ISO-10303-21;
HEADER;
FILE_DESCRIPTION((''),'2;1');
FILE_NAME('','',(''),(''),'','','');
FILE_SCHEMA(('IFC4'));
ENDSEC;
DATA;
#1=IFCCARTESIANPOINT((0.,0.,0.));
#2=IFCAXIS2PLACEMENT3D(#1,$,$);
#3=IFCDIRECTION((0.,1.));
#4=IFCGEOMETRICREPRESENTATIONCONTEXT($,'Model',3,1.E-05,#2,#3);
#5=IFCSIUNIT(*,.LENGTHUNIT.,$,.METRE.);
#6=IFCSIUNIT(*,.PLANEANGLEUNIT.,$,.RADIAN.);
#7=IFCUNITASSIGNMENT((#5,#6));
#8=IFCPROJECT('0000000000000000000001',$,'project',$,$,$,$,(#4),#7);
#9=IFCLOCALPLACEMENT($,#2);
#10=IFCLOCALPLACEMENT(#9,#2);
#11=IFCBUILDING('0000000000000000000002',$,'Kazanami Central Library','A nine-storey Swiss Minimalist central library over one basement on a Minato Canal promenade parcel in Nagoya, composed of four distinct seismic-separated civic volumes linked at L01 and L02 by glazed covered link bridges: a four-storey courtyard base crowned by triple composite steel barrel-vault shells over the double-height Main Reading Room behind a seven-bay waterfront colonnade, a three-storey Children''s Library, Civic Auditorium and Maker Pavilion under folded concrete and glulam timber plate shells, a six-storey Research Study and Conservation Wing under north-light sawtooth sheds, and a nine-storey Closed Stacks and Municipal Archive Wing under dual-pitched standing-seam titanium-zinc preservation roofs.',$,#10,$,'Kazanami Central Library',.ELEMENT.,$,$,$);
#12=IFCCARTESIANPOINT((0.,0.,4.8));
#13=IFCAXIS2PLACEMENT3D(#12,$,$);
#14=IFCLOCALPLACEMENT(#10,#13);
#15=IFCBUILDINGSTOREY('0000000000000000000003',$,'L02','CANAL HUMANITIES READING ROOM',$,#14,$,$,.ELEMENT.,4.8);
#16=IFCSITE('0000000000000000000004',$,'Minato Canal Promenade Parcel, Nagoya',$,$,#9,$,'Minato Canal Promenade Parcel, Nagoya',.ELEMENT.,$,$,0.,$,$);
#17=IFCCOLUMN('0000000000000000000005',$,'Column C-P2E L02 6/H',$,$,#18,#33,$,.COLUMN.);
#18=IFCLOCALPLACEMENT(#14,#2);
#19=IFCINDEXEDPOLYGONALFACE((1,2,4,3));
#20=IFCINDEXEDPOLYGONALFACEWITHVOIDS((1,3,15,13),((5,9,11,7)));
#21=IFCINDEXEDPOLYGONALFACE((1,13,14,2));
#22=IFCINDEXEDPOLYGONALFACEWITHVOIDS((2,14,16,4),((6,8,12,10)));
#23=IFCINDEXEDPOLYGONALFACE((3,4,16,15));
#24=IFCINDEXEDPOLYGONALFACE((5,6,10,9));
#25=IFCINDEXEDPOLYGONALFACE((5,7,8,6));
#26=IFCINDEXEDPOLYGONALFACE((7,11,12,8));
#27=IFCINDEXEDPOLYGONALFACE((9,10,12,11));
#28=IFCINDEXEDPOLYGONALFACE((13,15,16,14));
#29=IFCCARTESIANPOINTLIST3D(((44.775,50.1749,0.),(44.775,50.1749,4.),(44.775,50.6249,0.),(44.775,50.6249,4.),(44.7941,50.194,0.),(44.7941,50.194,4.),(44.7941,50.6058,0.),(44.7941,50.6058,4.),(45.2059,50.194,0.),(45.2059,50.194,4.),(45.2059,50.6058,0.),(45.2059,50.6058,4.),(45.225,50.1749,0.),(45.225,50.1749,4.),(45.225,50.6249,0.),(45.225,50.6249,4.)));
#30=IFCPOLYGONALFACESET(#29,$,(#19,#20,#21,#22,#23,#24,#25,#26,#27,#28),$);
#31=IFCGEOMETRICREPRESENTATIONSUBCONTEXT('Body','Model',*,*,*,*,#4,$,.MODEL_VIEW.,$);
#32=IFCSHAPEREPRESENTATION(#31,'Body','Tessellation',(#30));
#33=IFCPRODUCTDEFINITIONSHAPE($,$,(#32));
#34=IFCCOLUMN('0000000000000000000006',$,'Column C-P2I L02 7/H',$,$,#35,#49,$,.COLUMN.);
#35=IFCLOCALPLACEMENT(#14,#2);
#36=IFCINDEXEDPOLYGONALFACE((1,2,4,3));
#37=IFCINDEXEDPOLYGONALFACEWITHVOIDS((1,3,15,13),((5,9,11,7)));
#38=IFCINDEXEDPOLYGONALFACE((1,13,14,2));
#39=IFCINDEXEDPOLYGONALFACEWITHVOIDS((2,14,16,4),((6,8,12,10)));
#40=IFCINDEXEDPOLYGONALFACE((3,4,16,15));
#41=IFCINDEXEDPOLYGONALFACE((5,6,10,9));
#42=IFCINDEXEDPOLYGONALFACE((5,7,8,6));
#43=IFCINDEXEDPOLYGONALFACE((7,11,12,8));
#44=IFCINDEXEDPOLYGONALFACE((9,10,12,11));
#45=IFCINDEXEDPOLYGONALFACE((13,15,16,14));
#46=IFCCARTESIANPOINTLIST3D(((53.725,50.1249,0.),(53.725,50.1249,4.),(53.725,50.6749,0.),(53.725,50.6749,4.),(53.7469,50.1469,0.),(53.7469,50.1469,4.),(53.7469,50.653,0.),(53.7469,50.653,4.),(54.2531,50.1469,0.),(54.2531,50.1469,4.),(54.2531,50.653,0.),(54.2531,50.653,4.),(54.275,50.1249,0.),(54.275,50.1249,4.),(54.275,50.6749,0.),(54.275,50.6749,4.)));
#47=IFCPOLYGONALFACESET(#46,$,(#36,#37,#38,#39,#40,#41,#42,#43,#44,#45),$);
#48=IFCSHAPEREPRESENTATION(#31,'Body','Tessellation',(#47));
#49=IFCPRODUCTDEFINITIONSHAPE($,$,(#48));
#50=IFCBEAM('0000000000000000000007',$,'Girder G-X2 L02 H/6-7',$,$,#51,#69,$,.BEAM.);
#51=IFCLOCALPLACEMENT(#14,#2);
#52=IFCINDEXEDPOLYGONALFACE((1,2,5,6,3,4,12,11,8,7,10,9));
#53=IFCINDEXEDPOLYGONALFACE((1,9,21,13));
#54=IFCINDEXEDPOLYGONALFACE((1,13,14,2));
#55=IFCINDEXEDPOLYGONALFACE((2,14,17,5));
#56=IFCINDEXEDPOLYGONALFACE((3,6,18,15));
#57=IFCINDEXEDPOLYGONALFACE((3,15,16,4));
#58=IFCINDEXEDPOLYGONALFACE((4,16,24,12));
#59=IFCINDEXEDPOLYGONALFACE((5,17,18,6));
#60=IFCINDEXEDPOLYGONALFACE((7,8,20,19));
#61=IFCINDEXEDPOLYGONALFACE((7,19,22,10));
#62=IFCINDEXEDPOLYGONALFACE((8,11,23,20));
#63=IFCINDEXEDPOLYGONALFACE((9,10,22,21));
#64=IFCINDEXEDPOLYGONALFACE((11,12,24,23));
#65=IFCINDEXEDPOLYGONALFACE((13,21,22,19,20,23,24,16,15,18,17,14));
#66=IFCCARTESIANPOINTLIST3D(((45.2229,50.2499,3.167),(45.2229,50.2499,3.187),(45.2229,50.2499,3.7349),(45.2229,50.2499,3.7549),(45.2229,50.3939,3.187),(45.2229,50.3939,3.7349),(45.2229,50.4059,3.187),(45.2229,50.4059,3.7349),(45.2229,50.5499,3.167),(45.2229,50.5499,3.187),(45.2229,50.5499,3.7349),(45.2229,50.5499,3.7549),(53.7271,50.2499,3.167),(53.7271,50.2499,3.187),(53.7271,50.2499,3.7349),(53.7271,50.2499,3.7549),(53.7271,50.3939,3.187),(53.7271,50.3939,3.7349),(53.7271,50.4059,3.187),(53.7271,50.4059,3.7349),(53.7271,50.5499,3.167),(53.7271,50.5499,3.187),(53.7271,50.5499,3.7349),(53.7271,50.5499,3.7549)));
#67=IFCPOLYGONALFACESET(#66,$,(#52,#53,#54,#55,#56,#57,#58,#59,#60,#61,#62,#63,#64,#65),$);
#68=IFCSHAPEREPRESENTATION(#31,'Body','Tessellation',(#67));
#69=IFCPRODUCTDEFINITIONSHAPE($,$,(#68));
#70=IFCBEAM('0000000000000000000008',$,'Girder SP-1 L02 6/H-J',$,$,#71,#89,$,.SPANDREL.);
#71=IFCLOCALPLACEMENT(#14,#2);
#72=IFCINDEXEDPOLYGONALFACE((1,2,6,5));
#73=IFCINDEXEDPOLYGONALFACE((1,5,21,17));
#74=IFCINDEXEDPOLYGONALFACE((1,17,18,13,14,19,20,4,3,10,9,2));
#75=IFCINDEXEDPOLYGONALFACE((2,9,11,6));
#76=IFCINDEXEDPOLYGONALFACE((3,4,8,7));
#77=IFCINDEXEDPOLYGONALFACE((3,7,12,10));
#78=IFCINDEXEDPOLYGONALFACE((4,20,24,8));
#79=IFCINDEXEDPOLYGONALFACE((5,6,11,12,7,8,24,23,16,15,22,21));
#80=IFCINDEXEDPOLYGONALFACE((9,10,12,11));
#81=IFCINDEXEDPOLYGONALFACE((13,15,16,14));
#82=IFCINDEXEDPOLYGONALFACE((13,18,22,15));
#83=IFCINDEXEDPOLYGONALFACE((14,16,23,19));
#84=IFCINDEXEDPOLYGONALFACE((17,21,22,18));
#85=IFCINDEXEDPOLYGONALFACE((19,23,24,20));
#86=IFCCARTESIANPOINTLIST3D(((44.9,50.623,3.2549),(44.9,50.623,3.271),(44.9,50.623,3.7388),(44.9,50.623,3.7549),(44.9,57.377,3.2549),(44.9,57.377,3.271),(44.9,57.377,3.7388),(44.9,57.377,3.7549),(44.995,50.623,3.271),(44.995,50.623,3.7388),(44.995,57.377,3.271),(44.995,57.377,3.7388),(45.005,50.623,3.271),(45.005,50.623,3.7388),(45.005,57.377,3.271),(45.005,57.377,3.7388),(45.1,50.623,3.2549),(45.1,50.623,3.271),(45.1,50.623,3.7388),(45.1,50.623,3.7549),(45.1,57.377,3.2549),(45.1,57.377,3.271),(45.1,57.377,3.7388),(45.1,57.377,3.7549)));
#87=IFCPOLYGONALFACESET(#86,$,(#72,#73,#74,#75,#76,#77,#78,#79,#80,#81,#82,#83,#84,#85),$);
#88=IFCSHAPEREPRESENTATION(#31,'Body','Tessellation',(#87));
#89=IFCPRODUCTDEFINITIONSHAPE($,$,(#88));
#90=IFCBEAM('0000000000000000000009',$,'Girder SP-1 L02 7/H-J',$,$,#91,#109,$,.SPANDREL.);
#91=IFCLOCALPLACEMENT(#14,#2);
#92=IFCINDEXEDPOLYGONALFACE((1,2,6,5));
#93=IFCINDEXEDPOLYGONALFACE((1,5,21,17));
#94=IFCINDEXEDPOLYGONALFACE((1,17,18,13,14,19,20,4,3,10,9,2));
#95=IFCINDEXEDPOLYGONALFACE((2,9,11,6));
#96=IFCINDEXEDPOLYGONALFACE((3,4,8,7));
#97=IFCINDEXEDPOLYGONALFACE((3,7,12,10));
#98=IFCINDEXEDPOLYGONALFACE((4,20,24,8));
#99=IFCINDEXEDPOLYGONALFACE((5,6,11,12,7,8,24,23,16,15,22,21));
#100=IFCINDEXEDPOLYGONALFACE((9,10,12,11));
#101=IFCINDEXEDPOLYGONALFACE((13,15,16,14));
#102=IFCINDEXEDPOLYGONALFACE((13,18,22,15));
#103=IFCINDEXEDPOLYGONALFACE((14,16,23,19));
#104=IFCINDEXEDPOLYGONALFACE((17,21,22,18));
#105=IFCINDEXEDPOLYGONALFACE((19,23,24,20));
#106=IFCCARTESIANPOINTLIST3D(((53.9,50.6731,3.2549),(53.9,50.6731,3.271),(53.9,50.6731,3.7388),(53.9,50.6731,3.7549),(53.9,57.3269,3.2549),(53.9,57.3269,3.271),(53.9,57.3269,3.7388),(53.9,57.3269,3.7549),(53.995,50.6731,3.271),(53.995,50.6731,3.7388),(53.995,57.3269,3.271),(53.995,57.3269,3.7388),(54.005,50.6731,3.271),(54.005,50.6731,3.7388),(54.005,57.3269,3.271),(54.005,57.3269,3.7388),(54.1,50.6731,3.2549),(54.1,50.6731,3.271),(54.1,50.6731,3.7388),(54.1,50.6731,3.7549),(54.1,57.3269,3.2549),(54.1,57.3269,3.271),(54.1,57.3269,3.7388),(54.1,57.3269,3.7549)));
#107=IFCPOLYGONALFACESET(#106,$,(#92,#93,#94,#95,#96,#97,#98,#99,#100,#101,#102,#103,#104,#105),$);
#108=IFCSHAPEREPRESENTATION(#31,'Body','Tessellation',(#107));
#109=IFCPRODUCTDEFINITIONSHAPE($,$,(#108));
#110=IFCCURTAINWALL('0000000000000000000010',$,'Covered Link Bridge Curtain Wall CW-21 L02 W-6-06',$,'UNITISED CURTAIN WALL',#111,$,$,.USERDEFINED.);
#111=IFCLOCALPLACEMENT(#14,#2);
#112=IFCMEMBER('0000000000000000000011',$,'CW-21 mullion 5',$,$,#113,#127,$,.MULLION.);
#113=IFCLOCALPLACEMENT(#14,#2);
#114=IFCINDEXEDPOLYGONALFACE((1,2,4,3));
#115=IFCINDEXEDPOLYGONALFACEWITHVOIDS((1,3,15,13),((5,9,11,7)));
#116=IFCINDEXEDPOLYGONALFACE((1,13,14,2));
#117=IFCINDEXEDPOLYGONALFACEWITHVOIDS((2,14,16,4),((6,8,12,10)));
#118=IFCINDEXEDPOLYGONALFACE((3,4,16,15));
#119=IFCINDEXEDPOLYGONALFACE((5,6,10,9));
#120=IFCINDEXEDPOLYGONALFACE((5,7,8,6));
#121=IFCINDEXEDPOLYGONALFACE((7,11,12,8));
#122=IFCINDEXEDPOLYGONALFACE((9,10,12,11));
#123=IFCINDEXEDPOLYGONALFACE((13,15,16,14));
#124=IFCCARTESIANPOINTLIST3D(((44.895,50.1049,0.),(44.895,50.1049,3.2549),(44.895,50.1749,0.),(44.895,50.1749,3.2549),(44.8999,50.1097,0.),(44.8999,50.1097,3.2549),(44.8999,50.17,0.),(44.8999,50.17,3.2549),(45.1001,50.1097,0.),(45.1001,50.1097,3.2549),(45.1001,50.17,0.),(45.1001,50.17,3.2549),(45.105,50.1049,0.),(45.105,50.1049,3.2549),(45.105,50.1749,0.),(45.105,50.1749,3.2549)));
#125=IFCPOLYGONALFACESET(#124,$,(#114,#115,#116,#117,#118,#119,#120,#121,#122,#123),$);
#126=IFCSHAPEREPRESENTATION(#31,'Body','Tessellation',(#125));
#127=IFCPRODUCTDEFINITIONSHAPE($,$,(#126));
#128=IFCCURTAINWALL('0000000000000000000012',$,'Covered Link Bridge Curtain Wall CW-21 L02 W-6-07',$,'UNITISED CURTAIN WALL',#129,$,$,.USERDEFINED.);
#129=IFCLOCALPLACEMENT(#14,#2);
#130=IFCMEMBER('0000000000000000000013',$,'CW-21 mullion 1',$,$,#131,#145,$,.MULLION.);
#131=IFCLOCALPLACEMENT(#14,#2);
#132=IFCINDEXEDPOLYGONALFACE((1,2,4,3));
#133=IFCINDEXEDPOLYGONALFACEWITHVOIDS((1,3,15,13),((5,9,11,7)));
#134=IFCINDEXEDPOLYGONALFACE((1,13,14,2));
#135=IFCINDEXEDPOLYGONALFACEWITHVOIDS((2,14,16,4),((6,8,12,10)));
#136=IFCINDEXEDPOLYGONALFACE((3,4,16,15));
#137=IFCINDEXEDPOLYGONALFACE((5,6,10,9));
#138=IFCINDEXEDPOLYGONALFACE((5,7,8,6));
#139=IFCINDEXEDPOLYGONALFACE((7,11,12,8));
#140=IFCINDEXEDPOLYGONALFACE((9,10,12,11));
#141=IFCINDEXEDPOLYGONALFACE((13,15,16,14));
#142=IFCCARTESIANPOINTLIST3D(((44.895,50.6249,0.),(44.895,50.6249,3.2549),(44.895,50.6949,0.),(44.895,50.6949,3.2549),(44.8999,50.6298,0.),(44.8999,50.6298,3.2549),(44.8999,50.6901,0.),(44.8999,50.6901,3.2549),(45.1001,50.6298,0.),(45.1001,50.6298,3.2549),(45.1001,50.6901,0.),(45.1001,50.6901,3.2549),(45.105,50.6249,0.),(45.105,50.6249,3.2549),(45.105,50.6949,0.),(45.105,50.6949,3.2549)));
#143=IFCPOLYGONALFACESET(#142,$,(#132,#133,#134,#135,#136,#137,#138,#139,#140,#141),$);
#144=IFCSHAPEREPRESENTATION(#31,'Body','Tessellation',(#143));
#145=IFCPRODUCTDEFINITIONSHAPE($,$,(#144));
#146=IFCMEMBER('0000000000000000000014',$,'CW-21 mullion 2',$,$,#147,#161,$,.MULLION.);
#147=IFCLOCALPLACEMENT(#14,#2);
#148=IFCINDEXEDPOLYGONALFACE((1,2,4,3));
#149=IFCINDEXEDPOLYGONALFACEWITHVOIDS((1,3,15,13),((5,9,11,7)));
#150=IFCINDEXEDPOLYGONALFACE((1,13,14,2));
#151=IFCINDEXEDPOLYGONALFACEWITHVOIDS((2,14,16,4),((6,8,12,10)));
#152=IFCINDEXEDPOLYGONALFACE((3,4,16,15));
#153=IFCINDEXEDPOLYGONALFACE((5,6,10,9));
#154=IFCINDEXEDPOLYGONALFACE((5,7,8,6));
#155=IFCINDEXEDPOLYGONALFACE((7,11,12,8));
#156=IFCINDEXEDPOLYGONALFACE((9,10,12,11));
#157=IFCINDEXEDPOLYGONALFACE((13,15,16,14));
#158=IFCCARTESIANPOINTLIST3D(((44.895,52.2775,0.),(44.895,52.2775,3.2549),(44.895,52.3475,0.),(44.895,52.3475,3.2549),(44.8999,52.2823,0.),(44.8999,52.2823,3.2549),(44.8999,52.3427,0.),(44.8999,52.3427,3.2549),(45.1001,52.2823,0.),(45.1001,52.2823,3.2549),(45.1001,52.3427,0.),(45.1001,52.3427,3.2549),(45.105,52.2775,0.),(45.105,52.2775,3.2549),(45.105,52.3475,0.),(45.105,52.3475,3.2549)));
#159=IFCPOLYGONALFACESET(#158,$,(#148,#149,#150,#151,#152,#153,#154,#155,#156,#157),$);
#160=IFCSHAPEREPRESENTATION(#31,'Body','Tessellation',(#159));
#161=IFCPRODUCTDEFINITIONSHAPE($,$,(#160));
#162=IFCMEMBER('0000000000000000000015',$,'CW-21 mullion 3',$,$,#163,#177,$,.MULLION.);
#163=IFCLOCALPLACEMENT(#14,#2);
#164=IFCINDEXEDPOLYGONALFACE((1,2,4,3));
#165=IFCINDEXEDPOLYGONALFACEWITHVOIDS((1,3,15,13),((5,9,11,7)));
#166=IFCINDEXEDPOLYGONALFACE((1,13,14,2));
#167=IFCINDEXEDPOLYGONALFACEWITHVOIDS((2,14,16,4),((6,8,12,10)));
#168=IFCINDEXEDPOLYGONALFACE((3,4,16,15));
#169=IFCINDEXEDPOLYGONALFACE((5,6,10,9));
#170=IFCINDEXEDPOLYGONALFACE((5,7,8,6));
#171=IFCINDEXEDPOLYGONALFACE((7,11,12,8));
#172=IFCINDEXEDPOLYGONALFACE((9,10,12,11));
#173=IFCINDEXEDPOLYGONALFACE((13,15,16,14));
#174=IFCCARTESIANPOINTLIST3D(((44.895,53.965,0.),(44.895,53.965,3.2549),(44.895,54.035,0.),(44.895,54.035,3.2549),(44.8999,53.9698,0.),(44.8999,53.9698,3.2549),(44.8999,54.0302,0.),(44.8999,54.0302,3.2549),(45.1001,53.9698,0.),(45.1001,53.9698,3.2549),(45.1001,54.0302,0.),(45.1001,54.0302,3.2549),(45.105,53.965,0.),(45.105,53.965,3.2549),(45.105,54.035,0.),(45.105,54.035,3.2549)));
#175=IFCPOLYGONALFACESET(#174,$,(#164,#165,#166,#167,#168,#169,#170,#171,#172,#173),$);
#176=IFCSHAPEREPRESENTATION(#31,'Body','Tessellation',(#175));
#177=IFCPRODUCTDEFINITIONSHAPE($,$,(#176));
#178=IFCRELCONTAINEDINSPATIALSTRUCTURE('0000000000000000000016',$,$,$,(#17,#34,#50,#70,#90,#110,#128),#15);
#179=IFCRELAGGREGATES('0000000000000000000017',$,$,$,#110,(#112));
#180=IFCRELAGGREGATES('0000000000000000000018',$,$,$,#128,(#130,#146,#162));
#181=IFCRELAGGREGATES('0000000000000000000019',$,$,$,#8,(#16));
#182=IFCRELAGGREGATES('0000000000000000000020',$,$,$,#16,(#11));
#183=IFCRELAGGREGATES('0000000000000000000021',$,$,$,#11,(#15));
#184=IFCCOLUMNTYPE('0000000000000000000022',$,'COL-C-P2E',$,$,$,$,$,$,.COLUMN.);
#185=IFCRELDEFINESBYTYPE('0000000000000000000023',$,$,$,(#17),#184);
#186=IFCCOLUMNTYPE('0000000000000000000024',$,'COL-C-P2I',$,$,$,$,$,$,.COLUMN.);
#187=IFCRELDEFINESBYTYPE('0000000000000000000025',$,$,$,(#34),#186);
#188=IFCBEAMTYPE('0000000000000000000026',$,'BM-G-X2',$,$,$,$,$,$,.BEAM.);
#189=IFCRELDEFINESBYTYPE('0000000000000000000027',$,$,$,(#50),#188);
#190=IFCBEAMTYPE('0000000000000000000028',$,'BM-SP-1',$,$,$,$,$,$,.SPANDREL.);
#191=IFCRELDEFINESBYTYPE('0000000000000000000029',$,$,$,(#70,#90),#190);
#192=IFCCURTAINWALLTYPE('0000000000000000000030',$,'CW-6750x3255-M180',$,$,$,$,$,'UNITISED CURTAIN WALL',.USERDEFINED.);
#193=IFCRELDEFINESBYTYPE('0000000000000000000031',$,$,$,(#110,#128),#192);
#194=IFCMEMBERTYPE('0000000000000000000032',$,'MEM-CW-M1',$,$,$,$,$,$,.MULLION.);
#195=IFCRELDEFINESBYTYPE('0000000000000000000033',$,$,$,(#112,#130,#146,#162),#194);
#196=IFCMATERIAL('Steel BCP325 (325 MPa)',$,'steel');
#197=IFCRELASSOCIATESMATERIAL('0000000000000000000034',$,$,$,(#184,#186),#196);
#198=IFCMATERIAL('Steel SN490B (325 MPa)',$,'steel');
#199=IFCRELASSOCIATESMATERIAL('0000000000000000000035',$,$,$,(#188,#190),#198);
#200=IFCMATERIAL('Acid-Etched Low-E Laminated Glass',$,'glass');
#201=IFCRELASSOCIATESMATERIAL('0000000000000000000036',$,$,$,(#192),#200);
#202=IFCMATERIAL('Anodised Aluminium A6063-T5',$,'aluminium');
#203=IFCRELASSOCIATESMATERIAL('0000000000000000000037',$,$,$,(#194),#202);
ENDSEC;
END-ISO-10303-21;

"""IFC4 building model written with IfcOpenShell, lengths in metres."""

from ifc_helpers import new_model, si_unit, direction, frame, origin, origin_2d, place, context, subcontext, project, spatial, hollow_rectangle, i_section, extrude, material, material_profile, profile_set, type_object, element, aggregate, save


model = new_model("IFC4")

# Units and contexts
model_context = context("Model", 3, precision=1e-05, world=origin(), true_north=direction((0.0, 1.0)))
body_context = subcontext(model_context, "Body", "Model", "MODEL_VIEW")
ifc_project = project(units=[si_unit("LENGTHUNIT", "METRE"), si_unit("PLANEANGLEUNIT", "RADIAN")], contexts=[model_context])

# Site, building, storey
site_placement = place(None, origin())
site = spatial("IfcSite", under=ifc_project, at=site_placement, Name="Minato Canal Promenade Parcel, Nagoya", LongName="Minato Canal Promenade Parcel, Nagoya", CompositionType="ELEMENT", RefElevation=0.0)
building_placement = place(site_placement, origin())
building = spatial("IfcBuilding", under=site, at=building_placement, Name="Kazanami Central Library", Description="A nine-storey Swiss Minimalist central library over one basement on a Minato Canal promenade parcel in Nagoya, composed of four distinct seismic-separated civic volumes linked at L01 and L02 by glazed covered link bridges: a four-storey courtyard base crowned by triple composite steel barrel-vault shells over the double-height Main Reading Room behind a seven-bay waterfront colonnade, a three-storey Children's Library, Civic Auditorium and Maker Pavilion under folded concrete and glulam timber plate shells, a six-storey Research Study and Conservation Wing under north-light sawtooth sheds, and a nine-storey Closed Stacks and Municipal Archive Wing under dual-pitched standing-seam titanium-zinc preservation roofs.", LongName="Kazanami Central Library", CompositionType="ELEMENT")
storey_placement = place(building_placement, frame((0.0, 0.0, 4.8)))
storey = spatial("IfcBuildingStorey", under=building, at=storey_placement, Name="L02", Description="CANAL HUMANITIES READING ROOM", CompositionType="ELEMENT", Elevation=4.8)

# Columns
ifc_material_1 = material(Name="Steel BCP325 (325 MPa)", Category="steel")
ifc_material_profile_1 = material_profile(ifc_material_1, hollow_rectangle(XDim=0.45, YDim=0.45, WallThickness=0.019, at=origin_2d()), Name="BCP-450x450x19")
ifc_profile_set_1 = profile_set([ifc_material_profile_1], Name="Steel BCP325 (325 MPa)")
column_type_1 = type_object("IfcColumnType", Name="COL-C-P2E", PredefinedType="COLUMN", material=ifc_profile_set_1)
column_1_placement = place(storey_placement, frame((45.0, 50.3999, 0.0), z_axis=(0.0, 0.0, 1.0), x_axis=(1.0, 0.0, 0.0)))
element("IfcColumn", 1, at=column_1_placement, inside=storey, type_object=column_type_1, Name="Column C-P2E L02 6/H", PredefinedType="COLUMN", context=body_context, shape_type="SweptSolid", body=[
    extrude(hollow_rectangle(XDim=0.45, YDim=0.45, WallThickness=0.019, at=origin_2d()), origin(), (0.0, 0.0, 1.0), 4.0),
])
ifc_material_profile_2 = material_profile(ifc_material_1, hollow_rectangle(XDim=0.55, YDim=0.55, WallThickness=0.022, at=origin_2d()), Name="BCP-550x550x22")
ifc_profile_set_2 = profile_set([ifc_material_profile_2], Name="Steel BCP325 (325 MPa)")
column_type_2 = type_object("IfcColumnType", Name="COL-C-P2I", PredefinedType="COLUMN", material=ifc_profile_set_2)
column_2_placement = place(storey_placement, frame((54.0, 50.3999, 0.0), z_axis=(0.0, 0.0, 1.0), x_axis=(1.0, 0.0, 0.0)))
element("IfcColumn", 2, at=column_2_placement, inside=storey, type_object=column_type_2, Name="Column C-P2I L02 7/H", PredefinedType="COLUMN", context=body_context, shape_type="SweptSolid", body=[
    extrude(hollow_rectangle(XDim=0.55, YDim=0.55, WallThickness=0.022, at=origin_2d()), origin(), (0.0, 0.0, 1.0), 4.0),
])

# Beams
ifc_material_2 = material(Name="Steel SN490B (325 MPa)", Category="steel")
ifc_material_profile_3 = material_profile(ifc_material_2, i_section(OverallWidth=0.3, OverallDepth=0.5879, WebThickness=0.012, FlangeThickness=0.02, at=origin_2d()), Name="H-588x300x12x20")
ifc_profile_set_3 = profile_set([ifc_material_profile_3], Name="Steel SN490B (325 MPa)")
beam_type_1 = type_object("IfcBeamType", Name="BM-G-X2", PredefinedType="BEAM", material=ifc_profile_set_3)
beam_1_placement = place(storey_placement, frame((45.2229, 50.3999, 3.4609), z_axis=(1.0, 0.0, 0.0), x_axis=(0.0, 1.0, 0.0)))
element("IfcBeam", 3, at=beam_1_placement, inside=storey, type_object=beam_type_1, Name="Girder G-X2 L02 H/6-7", PredefinedType="BEAM", context=body_context, shape_type="SweptSolid", body=[
    extrude(i_section(OverallWidth=0.3, OverallDepth=0.5879, WebThickness=0.012, FlangeThickness=0.02, at=origin_2d()), origin(), (0.0, 0.0, 1.0), 8.5042),
])
ifc_material_profile_4 = material_profile(ifc_material_2, i_section(OverallWidth=0.2, OverallDepth=0.5, WebThickness=0.01, FlangeThickness=0.0161, at=origin_2d()), Name="H-500x200x10x16")
ifc_profile_set_4 = profile_set([ifc_material_profile_4], Name="Steel SN490B (325 MPa)")
beam_type_2 = type_object("IfcBeamType", Name="BM-SP-1", PredefinedType="SPANDREL", material=ifc_profile_set_4)
beam_2_placement = place(storey_placement, frame((45.0, 50.623, 3.5049), z_axis=(0.0, 1.0, 0.0), x_axis=(-1.0, 0.0, 0.0)))
element("IfcBeam", 4, at=beam_2_placement, inside=storey, type_object=beam_type_2, Name="Girder SP-1 L02 6/H-J", PredefinedType="SPANDREL", context=body_context, shape_type="SweptSolid", body=[
    extrude(i_section(OverallWidth=0.2, OverallDepth=0.5, WebThickness=0.01, FlangeThickness=0.0161, at=origin_2d()), origin(), (0.0, 0.0, 1.0), 6.7539),
])
beam_3_placement = place(storey_placement, frame((54.0, 50.6731, 3.5049), z_axis=(0.0, 1.0, 0.0), x_axis=(-1.0, 0.0, 0.0)))
element("IfcBeam", 5, at=beam_3_placement, inside=storey, type_object=beam_type_2, Name="Girder SP-1 L02 7/H-J", PredefinedType="SPANDREL", context=body_context, shape_type="SweptSolid", body=[
    extrude(i_section(OverallWidth=0.2, OverallDepth=0.5, WebThickness=0.01, FlangeThickness=0.0161, at=origin_2d()), origin(), (0.0, 0.0, 1.0), 6.6538),
])

# Curtain wall, member
ifc_material_3 = material(Name="Acid-Etched Low-E Laminated Glass", Category="glass")
curtain_wall_type_1 = type_object("IfcCurtainWallType", Name="CW-6750x3255-M180", ElementType="UNITISED CURTAIN WALL", PredefinedType="USERDEFINED", material=ifc_material_3)
curtain_wall_1_placement = place(storey_placement, origin())
curtain_wall_1 = element("IfcCurtainWall", 6, at=curtain_wall_1_placement, inside=storey, type_object=curtain_wall_type_1, Name="Covered Link Bridge Curtain Wall CW-21 L02 W-6-06", ObjectType="UNITISED CURTAIN WALL", PredefinedType="USERDEFINED")
ifc_material_4 = material(Name="Anodised Aluminium A6063-T5", Category="aluminium")
ifc_material_profile_5 = material_profile(ifc_material_4, hollow_rectangle(XDim=0.0701, YDim=0.21, WallThickness=0.0049, at=origin_2d()), Name="ALU-MULL-70x210x5")
ifc_profile_set_5 = profile_set([ifc_material_profile_5], Name="Anodised Aluminium A6063-T5")
member_type_1 = type_object("IfcMemberType", Name="MEM-CW-M1", PredefinedType="MULLION", material=ifc_profile_set_5)
member_1_placement = place(storey_placement, frame((45.0, 50.1399, 0.0), z_axis=(0.0, 0.0, 1.0), x_axis=(0.0, 1.0, 0.0)))
member_1 = element("IfcMember", 7, at=member_1_placement, type_object=member_type_1, Name="CW-21 mullion 5", PredefinedType="MULLION", context=body_context, shape_type="SweptSolid", body=[
    extrude(hollow_rectangle(XDim=0.0701, YDim=0.21, WallThickness=0.0049, at=origin_2d()), origin(), (0.0, 0.0, 1.0), 3.2549),
])

# Curtain wall, members
curtain_wall_2_placement = place(storey_placement, origin())
curtain_wall_2 = element("IfcCurtainWall", 8, at=curtain_wall_2_placement, inside=storey, type_object=curtain_wall_type_1, Name="Covered Link Bridge Curtain Wall CW-21 L02 W-6-07", ObjectType="UNITISED CURTAIN WALL", PredefinedType="USERDEFINED")
member_2_placement = place(storey_placement, frame((45.0, 50.6599, 0.0), z_axis=(0.0, 0.0, 1.0), x_axis=(0.0, 1.0, 0.0)))
member_2 = element("IfcMember", 9, at=member_2_placement, type_object=member_type_1, Name="CW-21 mullion 1", PredefinedType="MULLION", context=body_context, shape_type="SweptSolid", body=[
    extrude(hollow_rectangle(XDim=0.0701, YDim=0.21, WallThickness=0.0049, at=origin_2d()), origin(), (0.0, 0.0, 1.0), 3.2549),
])
member_3_placement = place(storey_placement, frame((45.0, 52.3125, 0.0), z_axis=(0.0, 0.0, 1.0), x_axis=(0.0, 1.0, 0.0)))
member_3 = element("IfcMember", 10, at=member_3_placement, type_object=member_type_1, Name="CW-21 mullion 2", PredefinedType="MULLION", context=body_context, shape_type="SweptSolid", body=[
    extrude(hollow_rectangle(XDim=0.0701, YDim=0.21, WallThickness=0.0049, at=origin_2d()), origin(), (0.0, 0.0, 1.0), 3.2549),
])
member_4_placement = place(storey_placement, frame((45.0, 54.0, 0.0), z_axis=(0.0, 0.0, 1.0), x_axis=(0.0, 1.0, 0.0)))
member_4 = element("IfcMember", 11, at=member_4_placement, type_object=member_type_1, Name="CW-21 mullion 3", PredefinedType="MULLION", context=body_context, shape_type="SweptSolid", body=[
    extrude(hollow_rectangle(XDim=0.0701, YDim=0.21, WallThickness=0.0049, at=origin_2d()), origin(), (0.0, 0.0, 1.0), 3.2549),
])

aggregate(curtain_wall_1, [member_1])
aggregate(curtain_wall_2, [member_2, member_3, member_4])

save(model, "model.ifc")
